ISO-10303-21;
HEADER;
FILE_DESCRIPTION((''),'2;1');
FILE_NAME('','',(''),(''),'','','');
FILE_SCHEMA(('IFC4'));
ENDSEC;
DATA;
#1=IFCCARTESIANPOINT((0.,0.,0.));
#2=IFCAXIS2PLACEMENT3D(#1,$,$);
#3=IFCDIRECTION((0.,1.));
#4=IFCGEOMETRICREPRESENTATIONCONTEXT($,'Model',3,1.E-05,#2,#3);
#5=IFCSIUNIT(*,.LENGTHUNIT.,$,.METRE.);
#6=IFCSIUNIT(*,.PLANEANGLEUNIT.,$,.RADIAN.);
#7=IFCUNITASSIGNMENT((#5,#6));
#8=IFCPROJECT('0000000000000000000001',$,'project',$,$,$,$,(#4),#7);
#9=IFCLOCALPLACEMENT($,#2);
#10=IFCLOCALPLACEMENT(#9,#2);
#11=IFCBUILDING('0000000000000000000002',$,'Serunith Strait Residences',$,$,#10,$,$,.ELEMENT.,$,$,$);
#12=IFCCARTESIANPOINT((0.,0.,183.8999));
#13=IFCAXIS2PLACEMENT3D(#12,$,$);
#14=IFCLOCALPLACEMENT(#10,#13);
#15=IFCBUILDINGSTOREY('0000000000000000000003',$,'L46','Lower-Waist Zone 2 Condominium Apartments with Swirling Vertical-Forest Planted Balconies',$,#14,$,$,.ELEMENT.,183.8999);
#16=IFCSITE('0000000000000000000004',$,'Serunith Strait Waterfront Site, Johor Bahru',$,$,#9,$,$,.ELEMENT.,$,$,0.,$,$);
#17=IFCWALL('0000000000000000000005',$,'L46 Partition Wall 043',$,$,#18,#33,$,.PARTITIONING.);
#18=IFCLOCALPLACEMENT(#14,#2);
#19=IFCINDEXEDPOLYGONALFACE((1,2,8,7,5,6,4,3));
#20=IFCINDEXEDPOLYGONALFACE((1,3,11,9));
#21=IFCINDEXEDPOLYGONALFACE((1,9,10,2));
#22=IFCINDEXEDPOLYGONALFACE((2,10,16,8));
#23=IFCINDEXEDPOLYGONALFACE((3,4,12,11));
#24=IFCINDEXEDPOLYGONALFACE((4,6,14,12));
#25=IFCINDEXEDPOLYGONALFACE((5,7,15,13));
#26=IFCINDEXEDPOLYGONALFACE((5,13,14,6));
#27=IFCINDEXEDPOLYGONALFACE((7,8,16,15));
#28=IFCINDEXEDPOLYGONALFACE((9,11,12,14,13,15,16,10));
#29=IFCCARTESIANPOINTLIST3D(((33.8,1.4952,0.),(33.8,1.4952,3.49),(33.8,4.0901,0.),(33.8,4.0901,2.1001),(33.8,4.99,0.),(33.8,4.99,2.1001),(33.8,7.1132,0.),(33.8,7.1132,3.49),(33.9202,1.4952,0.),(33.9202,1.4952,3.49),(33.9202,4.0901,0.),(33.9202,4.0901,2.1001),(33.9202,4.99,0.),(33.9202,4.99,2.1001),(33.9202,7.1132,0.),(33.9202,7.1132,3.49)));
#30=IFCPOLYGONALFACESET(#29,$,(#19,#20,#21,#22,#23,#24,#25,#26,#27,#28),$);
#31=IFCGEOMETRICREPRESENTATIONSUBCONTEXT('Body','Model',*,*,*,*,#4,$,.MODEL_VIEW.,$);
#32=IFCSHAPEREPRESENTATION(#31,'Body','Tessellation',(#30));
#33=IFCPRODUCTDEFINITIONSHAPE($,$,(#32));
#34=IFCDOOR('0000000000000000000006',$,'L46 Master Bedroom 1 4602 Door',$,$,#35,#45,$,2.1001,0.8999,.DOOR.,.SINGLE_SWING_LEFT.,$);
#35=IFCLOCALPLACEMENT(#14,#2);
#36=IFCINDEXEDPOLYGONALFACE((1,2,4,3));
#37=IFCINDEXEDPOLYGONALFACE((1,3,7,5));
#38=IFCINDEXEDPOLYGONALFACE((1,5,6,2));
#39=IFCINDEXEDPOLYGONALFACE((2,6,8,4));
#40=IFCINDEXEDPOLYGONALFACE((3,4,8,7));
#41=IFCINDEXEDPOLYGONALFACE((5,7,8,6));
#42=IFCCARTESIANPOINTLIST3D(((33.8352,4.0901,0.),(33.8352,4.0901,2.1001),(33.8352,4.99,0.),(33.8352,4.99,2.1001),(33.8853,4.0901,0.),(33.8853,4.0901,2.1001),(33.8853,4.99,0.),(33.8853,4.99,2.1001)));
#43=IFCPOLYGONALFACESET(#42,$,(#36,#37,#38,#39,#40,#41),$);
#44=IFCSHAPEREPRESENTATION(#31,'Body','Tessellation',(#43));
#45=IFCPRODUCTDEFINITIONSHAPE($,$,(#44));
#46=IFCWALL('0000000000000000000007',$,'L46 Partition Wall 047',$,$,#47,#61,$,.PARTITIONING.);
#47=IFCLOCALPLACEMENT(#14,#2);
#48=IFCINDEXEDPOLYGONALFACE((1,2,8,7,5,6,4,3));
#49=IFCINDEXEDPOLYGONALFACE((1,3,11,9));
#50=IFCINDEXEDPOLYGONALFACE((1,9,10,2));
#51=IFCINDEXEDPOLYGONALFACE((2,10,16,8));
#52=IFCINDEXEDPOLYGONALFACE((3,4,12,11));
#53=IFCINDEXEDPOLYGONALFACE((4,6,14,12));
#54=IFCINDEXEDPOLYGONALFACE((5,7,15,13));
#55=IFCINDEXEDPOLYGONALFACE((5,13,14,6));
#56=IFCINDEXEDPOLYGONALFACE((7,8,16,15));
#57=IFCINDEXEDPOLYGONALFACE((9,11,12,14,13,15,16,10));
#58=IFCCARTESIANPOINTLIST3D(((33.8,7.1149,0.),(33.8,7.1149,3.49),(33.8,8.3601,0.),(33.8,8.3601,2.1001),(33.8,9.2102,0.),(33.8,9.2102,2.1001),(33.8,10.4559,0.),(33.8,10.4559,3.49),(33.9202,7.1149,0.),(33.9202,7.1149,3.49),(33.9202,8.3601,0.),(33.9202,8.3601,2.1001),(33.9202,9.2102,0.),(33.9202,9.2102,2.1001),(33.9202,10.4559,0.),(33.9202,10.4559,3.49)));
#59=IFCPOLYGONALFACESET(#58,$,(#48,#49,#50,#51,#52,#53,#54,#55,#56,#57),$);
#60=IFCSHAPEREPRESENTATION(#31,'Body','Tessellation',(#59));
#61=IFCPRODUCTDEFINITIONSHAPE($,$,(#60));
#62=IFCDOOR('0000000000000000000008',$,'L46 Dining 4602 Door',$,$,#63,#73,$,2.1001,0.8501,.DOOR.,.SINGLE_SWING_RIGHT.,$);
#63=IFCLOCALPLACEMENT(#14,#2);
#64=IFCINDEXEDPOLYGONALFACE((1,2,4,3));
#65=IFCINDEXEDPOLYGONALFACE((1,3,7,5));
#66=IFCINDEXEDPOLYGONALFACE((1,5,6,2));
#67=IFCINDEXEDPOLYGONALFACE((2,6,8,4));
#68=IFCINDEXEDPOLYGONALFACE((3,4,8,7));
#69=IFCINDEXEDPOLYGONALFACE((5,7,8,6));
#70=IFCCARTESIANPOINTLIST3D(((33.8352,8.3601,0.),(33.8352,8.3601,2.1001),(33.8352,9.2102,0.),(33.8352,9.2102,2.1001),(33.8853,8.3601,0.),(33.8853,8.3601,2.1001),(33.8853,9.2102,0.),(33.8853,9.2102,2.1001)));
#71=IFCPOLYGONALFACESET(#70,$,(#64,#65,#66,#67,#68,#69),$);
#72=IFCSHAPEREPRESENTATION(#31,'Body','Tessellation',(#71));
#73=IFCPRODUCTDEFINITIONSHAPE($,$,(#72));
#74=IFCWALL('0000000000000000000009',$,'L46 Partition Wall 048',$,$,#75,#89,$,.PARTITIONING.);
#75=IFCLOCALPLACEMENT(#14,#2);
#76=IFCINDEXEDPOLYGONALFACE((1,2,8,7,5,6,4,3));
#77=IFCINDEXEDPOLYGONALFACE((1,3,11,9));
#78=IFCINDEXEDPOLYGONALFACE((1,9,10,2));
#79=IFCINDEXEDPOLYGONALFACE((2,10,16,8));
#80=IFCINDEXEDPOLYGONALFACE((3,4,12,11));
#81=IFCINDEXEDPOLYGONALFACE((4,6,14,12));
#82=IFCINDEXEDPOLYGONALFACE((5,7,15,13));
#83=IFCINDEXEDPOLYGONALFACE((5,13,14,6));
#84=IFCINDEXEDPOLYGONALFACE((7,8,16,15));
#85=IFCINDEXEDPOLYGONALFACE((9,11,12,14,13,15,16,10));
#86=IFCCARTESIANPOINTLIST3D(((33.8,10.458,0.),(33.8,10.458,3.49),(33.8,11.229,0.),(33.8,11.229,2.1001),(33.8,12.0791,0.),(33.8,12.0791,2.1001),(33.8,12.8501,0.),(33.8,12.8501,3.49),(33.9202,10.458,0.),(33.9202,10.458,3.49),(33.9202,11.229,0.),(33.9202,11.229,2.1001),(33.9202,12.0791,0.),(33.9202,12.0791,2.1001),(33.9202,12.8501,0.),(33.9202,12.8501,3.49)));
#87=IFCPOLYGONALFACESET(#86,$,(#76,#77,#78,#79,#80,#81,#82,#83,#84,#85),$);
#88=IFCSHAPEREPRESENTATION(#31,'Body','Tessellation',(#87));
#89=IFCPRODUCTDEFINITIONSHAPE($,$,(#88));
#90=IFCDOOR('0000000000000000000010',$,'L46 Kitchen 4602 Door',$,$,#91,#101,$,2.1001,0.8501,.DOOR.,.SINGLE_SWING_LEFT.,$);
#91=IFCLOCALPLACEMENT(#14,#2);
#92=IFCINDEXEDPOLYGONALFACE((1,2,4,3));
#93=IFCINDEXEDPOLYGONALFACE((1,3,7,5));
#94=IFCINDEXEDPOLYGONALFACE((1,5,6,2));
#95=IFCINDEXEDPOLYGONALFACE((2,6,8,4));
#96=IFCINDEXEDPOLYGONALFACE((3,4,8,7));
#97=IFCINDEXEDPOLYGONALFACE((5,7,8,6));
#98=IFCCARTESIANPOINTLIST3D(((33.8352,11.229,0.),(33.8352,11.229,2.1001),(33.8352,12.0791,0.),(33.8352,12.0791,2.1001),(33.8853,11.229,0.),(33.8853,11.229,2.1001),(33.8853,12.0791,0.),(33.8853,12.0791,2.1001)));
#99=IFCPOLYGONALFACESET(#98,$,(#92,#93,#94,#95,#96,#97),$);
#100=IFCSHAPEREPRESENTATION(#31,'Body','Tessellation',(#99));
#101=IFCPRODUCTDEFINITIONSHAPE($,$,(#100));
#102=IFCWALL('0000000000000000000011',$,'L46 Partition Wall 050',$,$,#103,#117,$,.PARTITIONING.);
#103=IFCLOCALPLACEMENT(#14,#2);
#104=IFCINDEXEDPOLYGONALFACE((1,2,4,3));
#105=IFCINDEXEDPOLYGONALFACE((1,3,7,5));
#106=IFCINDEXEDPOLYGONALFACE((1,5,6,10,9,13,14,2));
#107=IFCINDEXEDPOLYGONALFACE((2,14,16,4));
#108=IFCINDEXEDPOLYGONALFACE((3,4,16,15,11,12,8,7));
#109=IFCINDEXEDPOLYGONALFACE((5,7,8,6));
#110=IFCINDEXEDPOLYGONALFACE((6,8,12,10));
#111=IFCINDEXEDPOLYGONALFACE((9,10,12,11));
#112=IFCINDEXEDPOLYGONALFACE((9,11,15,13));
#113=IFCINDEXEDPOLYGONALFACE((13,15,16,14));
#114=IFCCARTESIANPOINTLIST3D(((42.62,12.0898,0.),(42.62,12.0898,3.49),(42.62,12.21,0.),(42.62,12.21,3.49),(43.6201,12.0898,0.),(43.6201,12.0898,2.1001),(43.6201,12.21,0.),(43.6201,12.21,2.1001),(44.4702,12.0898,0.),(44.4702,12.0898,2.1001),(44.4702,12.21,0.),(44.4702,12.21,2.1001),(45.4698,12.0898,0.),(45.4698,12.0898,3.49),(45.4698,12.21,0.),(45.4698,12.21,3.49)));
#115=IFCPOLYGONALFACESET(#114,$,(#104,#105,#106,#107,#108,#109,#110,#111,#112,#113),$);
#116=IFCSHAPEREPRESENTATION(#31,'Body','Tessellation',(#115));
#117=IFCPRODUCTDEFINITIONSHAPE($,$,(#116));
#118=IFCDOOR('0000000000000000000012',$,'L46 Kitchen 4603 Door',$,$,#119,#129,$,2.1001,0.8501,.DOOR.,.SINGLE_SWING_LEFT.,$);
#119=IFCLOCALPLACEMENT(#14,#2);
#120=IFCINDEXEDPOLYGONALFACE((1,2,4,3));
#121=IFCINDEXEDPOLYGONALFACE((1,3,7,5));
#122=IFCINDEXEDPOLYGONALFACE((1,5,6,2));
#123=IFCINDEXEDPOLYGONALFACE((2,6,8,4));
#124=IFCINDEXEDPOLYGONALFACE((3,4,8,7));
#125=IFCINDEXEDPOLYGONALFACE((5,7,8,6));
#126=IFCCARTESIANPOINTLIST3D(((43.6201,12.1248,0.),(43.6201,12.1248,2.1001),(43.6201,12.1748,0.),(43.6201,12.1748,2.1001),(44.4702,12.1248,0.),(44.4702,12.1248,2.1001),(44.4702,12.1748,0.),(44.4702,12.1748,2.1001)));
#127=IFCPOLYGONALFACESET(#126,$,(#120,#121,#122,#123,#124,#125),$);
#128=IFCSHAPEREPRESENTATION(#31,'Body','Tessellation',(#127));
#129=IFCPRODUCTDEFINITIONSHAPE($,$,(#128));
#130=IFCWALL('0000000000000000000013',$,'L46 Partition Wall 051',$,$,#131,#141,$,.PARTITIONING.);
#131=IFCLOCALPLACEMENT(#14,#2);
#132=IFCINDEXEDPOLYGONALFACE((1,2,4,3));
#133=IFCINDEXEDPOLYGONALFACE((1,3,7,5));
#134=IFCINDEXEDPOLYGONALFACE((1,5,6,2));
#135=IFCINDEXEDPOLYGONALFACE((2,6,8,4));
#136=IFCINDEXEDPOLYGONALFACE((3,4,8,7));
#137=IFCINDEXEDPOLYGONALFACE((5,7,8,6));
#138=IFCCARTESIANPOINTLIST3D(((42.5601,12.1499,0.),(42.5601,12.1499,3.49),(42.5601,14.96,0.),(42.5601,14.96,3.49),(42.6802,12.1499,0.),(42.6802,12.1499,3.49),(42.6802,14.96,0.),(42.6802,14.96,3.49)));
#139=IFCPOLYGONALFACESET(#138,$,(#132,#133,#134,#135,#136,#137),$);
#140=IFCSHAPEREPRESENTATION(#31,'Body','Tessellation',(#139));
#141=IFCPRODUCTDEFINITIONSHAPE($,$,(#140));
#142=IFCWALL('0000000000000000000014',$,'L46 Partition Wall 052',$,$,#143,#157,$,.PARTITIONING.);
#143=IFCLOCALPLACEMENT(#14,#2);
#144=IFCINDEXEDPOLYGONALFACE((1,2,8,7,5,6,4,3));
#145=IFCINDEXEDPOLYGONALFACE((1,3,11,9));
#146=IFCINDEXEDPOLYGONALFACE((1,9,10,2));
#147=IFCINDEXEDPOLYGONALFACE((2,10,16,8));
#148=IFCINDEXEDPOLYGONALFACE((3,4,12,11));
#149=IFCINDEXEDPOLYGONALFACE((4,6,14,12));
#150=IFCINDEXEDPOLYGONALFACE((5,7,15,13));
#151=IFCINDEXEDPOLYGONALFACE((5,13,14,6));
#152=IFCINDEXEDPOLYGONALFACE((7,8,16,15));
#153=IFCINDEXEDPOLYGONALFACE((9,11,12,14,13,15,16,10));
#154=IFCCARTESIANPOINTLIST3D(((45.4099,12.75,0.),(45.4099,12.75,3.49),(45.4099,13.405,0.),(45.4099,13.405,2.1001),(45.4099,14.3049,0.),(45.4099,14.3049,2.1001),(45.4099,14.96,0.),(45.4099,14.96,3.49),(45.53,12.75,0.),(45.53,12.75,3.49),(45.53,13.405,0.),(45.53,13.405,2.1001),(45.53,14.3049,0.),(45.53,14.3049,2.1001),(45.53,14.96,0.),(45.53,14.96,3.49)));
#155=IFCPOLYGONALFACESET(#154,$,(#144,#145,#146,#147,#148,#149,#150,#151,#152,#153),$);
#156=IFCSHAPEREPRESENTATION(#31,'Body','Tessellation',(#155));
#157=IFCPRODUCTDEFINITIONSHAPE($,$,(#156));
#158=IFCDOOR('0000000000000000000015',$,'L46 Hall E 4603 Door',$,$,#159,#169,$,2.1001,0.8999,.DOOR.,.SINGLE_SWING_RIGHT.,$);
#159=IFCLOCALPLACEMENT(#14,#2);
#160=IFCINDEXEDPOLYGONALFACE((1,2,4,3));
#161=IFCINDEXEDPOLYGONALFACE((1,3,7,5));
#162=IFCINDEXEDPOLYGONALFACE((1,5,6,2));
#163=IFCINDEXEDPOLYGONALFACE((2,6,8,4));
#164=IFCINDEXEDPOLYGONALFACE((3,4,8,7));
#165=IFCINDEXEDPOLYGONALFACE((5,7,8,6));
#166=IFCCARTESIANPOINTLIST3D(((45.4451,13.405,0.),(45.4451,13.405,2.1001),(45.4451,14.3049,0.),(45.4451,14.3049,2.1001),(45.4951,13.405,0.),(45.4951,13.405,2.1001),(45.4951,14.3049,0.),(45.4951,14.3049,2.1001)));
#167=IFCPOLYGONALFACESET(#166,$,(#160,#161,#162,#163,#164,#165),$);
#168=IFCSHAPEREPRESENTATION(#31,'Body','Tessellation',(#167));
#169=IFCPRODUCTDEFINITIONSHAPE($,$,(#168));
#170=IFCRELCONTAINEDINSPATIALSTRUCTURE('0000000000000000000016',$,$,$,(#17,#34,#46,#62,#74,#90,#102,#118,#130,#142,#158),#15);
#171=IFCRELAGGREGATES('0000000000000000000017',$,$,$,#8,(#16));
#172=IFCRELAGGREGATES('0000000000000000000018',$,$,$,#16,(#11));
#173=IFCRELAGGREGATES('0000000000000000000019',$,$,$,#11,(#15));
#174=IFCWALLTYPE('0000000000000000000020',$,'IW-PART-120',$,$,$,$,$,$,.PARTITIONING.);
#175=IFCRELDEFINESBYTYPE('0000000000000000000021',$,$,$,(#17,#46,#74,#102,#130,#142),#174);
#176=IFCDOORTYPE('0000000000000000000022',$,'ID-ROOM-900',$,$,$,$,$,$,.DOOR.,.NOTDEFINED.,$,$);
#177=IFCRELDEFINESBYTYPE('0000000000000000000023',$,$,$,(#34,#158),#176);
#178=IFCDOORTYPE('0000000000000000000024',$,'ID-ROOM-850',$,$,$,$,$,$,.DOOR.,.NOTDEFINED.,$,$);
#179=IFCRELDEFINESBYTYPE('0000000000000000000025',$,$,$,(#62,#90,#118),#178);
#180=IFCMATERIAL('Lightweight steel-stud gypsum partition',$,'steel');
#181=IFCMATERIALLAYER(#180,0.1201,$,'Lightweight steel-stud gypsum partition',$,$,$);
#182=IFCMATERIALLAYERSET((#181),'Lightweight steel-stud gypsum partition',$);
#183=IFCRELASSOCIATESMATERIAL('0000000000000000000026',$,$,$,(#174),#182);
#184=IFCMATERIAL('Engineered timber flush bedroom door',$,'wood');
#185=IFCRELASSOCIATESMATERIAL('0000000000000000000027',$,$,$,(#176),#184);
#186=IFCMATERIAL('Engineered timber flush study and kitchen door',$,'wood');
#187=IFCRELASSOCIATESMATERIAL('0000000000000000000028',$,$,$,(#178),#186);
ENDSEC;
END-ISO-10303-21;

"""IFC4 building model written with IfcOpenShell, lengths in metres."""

from ifc_helpers import new_model, si_unit, direction, frame, frame_2d, origin, place, context, subcontext, project, spatial, rectangle, extrude, source, transform, mapped, material, layer, layer_set, type_object, element, fill, save


model = new_model("IFC4")

# Units and contexts
model_context = context("Model", 3, precision=1e-05, world=origin(), true_north=direction((0.0, 1.0)))
body_context = subcontext(model_context, "Body", "Model", "MODEL_VIEW")
ifc_project = project(units=[si_unit("LENGTHUNIT", "METRE"), si_unit("PLANEANGLEUNIT", "RADIAN")], contexts=[model_context])

# Site, building, storey
site_placement = place(None, origin())
site = spatial("IfcSite", under=ifc_project, at=site_placement, Name="Serunith Strait Waterfront Site, Johor Bahru", CompositionType="ELEMENT", RefElevation=0.0)
building_placement = place(site_placement, origin())
building = spatial("IfcBuilding", under=site, at=building_placement, Name="Serunith Strait Residences", CompositionType="ELEMENT")
storey_placement = place(building_placement, frame((0.0, 0.0, 183.8999)))
storey = spatial("IfcBuildingStorey", under=building, at=storey_placement, Name="L46", Description="Lower-Waist Zone 2 Condominium Apartments with Swirling Vertical-Forest Planted Balconies", CompositionType="ELEMENT", Elevation=183.8999)

# Walls, openings, doors
ifc_material_1 = material(Name="Lightweight steel-stud gypsum partition", Category="steel")
ifc_layer_1 = layer(ifc_material_1, 0.1201, Name="Lightweight steel-stud gypsum partition")
ifc_layer_set_1 = layer_set([ifc_layer_1], Name="Lightweight steel-stud gypsum partition")
wall_type_1 = type_object("IfcWallType", Name="IW-PART-120", PredefinedType="PARTITIONING", material=ifc_layer_set_1)
wall_1_placement = place(storey_placement, frame((33.8601, 1.4951, 0.0), z_axis=(0.0, 0.0, 1.0), x_axis=(0.0, 1.0, 0.0)))
wall_1 = element("IfcWall", 1, at=wall_1_placement, inside=storey, type_object=wall_type_1, Name="L46 Partition Wall 043", PredefinedType="PARTITIONING", context=body_context, shape_type="SweptSolid", body=[
    extrude(rectangle(XDim=5.6179, YDim=0.1201, at=frame_2d((2.8091, 0.0))), origin(), (0.0, 0.0, 1.0), 3.49),
])
opening_1_placement = place(wall_1_placement, frame((2.595, 0.0, 0.0)))
opening_1 = element("IfcOpeningElement", 2, at=opening_1_placement, cuts=wall_1, PredefinedType="OPENING", context=body_context, shape_type="SweptSolid", body=[
    extrude(rectangle(XDim=0.8999, YDim=2.1001, at=frame_2d((0.45, 1.05))), frame((0.0, 0.0701, 0.0), z_axis=(0.0, -1.0, 0.0), x_axis=(1.0, 0.0, 0.0)), (0.0, 0.0, 1.0), 0.1401),
])
ifc_material_2 = material(Name="Engineered timber flush bedroom door", Category="wood")
door_type_1 = type_object("IfcDoorType", Name="ID-ROOM-900", OperationType="NOTDEFINED", PredefinedType="DOOR", material=ifc_material_2)
shared_shape_1 = source(origin(), body_context, "Body", "SweptSolid", [
    extrude(rectangle(XDim=0.8999, YDim=2.1001, at=frame_2d((0.45, 1.05))), frame((0.0, 0.0249, 0.0), z_axis=(0.0, -1.0, 0.0), x_axis=(1.0, 0.0, 0.0)), (0.0, 0.0, 1.0), 0.05),
])
door_1_placement = place(opening_1_placement, origin())
door_1 = element("IfcDoor", 3, at=door_1_placement, inside=storey, type_object=door_type_1, Name="L46 Master Bedroom 1 4602 Door", OperationType="SINGLE_SWING_LEFT", OverallHeight=2.1001, OverallWidth=0.8999, PredefinedType="DOOR", context=body_context, shape_type="MappedRepresentation", body=[
    mapped(shared_shape_1, transform((0.0, 0.0, 0.0), scale=1.0)),
])
fill(opening_1, door_1)
wall_2_placement = place(storey_placement, frame((33.8601, 7.115, 0.0), z_axis=(0.0, 0.0, 1.0), x_axis=(0.0, 1.0, 0.0)))
wall_2 = element("IfcWall", 4, at=wall_2_placement, inside=storey, type_object=wall_type_1, Name="L46 Partition Wall 047", PredefinedType="PARTITIONING", context=body_context, shape_type="SweptSolid", body=[
    extrude(rectangle(XDim=3.3411, YDim=0.1201, at=frame_2d((1.6704, 0.0))), origin(), (0.0, 0.0, 1.0), 3.49),
])
opening_2_placement = place(wall_2_placement, frame((1.2451, 0.0, 0.0)))
opening_2 = element("IfcOpeningElement", 5, at=opening_2_placement, cuts=wall_2, PredefinedType="OPENING", context=body_context, shape_type="SweptSolid", body=[
    extrude(rectangle(XDim=0.8501, YDim=2.1001, at=frame_2d((0.425, 1.05))), frame((0.0, 0.0701, 0.0), z_axis=(0.0, -1.0, 0.0), x_axis=(1.0, 0.0, 0.0)), (0.0, 0.0, 1.0), 0.1401),
])
ifc_material_3 = material(Name="Engineered timber flush study and kitchen door", Category="wood")
door_type_2 = type_object("IfcDoorType", Name="ID-ROOM-850", OperationType="NOTDEFINED", PredefinedType="DOOR", material=ifc_material_3)
shared_shape_2 = source(origin(), body_context, "Body", "SweptSolid", [
    extrude(rectangle(XDim=0.8501, YDim=2.1001, at=frame_2d((0.425, 1.05))), frame((0.0, 0.0249, 0.0), z_axis=(0.0, -1.0, 0.0), x_axis=(1.0, 0.0, 0.0)), (0.0, 0.0, 1.0), 0.05),
])
door_2_placement = place(opening_2_placement, origin())
door_2 = element("IfcDoor", 6, at=door_2_placement, inside=storey, type_object=door_type_2, Name="L46 Dining 4602 Door", OperationType="SINGLE_SWING_RIGHT", OverallHeight=2.1001, OverallWidth=0.8501, PredefinedType="DOOR", context=body_context, shape_type="MappedRepresentation", body=[
    mapped(shared_shape_2, transform((0.0, 0.0, 0.0), scale=1.0)),
])
fill(opening_2, door_2)
wall_3_placement = place(storey_placement, frame((33.8601, 10.458, 0.0), z_axis=(0.0, 0.0, 1.0), x_axis=(0.0, 1.0, 0.0)))
wall_3 = element("IfcWall", 7, at=wall_3_placement, inside=storey, type_object=wall_type_1, Name="L46 Partition Wall 048", PredefinedType="PARTITIONING", context=body_context, shape_type="SweptSolid", body=[
    extrude(rectangle(XDim=2.3921, YDim=0.1201, at=frame_2d((1.196, 0.0))), origin(), (0.0, 0.0, 1.0), 3.49),
])
opening_3_placement = place(wall_3_placement, frame((0.771, 0.0, 0.0)))
opening_3 = element("IfcOpeningElement", 8, at=opening_3_placement, cuts=wall_3, PredefinedType="OPENING", context=body_context, shape_type="SweptSolid", body=[
    extrude(rectangle(XDim=0.8501, YDim=2.1001, at=frame_2d((0.425, 1.05))), frame((0.0, 0.0701, 0.0), z_axis=(0.0, -1.0, 0.0), x_axis=(1.0, 0.0, 0.0)), (0.0, 0.0, 1.0), 0.1401),
])
door_3_placement = place(opening_3_placement, origin())
door_3 = element("IfcDoor", 9, at=door_3_placement, inside=storey, type_object=door_type_2, Name="L46 Kitchen 4602 Door", OperationType="SINGLE_SWING_LEFT", OverallHeight=2.1001, OverallWidth=0.8501, PredefinedType="DOOR", context=body_context, shape_type="MappedRepresentation", body=[
    mapped(shared_shape_2, transform((0.0, 0.0, 0.0), scale=1.0)),
])
fill(opening_3, door_3)
wall_4_placement = place(storey_placement, frame((42.6201, 12.1499, 0.0), z_axis=(0.0, 0.0, 1.0), x_axis=(1.0, 0.0, 0.0)))
wall_4 = element("IfcWall", 10, at=wall_4_placement, inside=storey, type_object=wall_type_1, Name="L46 Partition Wall 050", PredefinedType="PARTITIONING", context=body_context, shape_type="SweptSolid", body=[
    extrude(rectangle(XDim=2.8499, YDim=0.1201, at=frame_2d((1.4248, 0.0))), origin(), (0.0, 0.0, 1.0), 3.49),
])
opening_4_placement = place(wall_4_placement, frame((1.0, 0.0, 0.0)))
opening_4 = element("IfcOpeningElement", 11, at=opening_4_placement, cuts=wall_4, PredefinedType="OPENING", context=body_context, shape_type="SweptSolid", body=[
    extrude(rectangle(XDim=0.8501, YDim=2.1001, at=frame_2d((0.425, 1.05))), frame((0.0, 0.0701, 0.0), z_axis=(0.0, -1.0, 0.0), x_axis=(1.0, 0.0, 0.0)), (0.0, 0.0, 1.0), 0.1401),
])
door_4_placement = place(opening_4_placement, origin())
door_4 = element("IfcDoor", 12, at=door_4_placement, inside=storey, type_object=door_type_2, Name="L46 Kitchen 4603 Door", OperationType="SINGLE_SWING_LEFT", OverallHeight=2.1001, OverallWidth=0.8501, PredefinedType="DOOR", context=body_context, shape_type="MappedRepresentation", body=[
    mapped(shared_shape_2, transform((0.0, 0.0, 0.0), scale=1.0)),
])
fill(opening_4, door_4)

# Wall
wall_5_placement = place(storey_placement, frame((42.6201, 12.1499, 0.0), z_axis=(0.0, 0.0, 1.0), x_axis=(0.0, 1.0, 0.0)))
element("IfcWall", 13, at=wall_5_placement, inside=storey, type_object=wall_type_1, Name="L46 Partition Wall 051", PredefinedType="PARTITIONING", context=body_context, shape_type="SweptSolid", body=[
    extrude(rectangle(XDim=2.8101, YDim=0.1201, at=frame_2d((1.405, 0.0))), origin(), (0.0, 0.0, 1.0), 3.49),
])

# Wall, opening, door
wall_6_placement = place(storey_placement, frame((45.47, 12.75, 0.0), z_axis=(0.0, 0.0, 1.0), x_axis=(0.0, 1.0, 0.0)))
wall_6 = element("IfcWall", 14, at=wall_6_placement, inside=storey, type_object=wall_type_1, Name="L46 Partition Wall 052", PredefinedType="PARTITIONING", context=body_context, shape_type="SweptSolid", body=[
    extrude(rectangle(XDim=2.21, YDim=0.1201, at=frame_2d((1.105, 0.0))), origin(), (0.0, 0.0, 1.0), 3.49),
])
opening_5_placement = place(wall_6_placement, frame((0.655, 0.0, 0.0)))
opening_5 = element("IfcOpeningElement", 15, at=opening_5_placement, cuts=wall_6, PredefinedType="OPENING", context=body_context, shape_type="SweptSolid", body=[
    extrude(rectangle(XDim=0.8999, YDim=2.1001, at=frame_2d((0.45, 1.05))), frame((0.0, 0.0701, 0.0), z_axis=(0.0, -1.0, 0.0), x_axis=(1.0, 0.0, 0.0)), (0.0, 0.0, 1.0), 0.1401),
])
door_5_placement = place(opening_5_placement, origin())
door_5 = element("IfcDoor", 16, at=door_5_placement, inside=storey, type_object=door_type_1, Name="L46 Hall E 4603 Door", OperationType="SINGLE_SWING_RIGHT", OverallHeight=2.1001, OverallWidth=0.8999, PredefinedType="DOOR", context=body_context, shape_type="MappedRepresentation", body=[
    mapped(shared_shape_1, transform((0.0, 0.0, 0.0), scale=1.0)),
])
fill(opening_5, door_5)

save(model, "model.ifc")
